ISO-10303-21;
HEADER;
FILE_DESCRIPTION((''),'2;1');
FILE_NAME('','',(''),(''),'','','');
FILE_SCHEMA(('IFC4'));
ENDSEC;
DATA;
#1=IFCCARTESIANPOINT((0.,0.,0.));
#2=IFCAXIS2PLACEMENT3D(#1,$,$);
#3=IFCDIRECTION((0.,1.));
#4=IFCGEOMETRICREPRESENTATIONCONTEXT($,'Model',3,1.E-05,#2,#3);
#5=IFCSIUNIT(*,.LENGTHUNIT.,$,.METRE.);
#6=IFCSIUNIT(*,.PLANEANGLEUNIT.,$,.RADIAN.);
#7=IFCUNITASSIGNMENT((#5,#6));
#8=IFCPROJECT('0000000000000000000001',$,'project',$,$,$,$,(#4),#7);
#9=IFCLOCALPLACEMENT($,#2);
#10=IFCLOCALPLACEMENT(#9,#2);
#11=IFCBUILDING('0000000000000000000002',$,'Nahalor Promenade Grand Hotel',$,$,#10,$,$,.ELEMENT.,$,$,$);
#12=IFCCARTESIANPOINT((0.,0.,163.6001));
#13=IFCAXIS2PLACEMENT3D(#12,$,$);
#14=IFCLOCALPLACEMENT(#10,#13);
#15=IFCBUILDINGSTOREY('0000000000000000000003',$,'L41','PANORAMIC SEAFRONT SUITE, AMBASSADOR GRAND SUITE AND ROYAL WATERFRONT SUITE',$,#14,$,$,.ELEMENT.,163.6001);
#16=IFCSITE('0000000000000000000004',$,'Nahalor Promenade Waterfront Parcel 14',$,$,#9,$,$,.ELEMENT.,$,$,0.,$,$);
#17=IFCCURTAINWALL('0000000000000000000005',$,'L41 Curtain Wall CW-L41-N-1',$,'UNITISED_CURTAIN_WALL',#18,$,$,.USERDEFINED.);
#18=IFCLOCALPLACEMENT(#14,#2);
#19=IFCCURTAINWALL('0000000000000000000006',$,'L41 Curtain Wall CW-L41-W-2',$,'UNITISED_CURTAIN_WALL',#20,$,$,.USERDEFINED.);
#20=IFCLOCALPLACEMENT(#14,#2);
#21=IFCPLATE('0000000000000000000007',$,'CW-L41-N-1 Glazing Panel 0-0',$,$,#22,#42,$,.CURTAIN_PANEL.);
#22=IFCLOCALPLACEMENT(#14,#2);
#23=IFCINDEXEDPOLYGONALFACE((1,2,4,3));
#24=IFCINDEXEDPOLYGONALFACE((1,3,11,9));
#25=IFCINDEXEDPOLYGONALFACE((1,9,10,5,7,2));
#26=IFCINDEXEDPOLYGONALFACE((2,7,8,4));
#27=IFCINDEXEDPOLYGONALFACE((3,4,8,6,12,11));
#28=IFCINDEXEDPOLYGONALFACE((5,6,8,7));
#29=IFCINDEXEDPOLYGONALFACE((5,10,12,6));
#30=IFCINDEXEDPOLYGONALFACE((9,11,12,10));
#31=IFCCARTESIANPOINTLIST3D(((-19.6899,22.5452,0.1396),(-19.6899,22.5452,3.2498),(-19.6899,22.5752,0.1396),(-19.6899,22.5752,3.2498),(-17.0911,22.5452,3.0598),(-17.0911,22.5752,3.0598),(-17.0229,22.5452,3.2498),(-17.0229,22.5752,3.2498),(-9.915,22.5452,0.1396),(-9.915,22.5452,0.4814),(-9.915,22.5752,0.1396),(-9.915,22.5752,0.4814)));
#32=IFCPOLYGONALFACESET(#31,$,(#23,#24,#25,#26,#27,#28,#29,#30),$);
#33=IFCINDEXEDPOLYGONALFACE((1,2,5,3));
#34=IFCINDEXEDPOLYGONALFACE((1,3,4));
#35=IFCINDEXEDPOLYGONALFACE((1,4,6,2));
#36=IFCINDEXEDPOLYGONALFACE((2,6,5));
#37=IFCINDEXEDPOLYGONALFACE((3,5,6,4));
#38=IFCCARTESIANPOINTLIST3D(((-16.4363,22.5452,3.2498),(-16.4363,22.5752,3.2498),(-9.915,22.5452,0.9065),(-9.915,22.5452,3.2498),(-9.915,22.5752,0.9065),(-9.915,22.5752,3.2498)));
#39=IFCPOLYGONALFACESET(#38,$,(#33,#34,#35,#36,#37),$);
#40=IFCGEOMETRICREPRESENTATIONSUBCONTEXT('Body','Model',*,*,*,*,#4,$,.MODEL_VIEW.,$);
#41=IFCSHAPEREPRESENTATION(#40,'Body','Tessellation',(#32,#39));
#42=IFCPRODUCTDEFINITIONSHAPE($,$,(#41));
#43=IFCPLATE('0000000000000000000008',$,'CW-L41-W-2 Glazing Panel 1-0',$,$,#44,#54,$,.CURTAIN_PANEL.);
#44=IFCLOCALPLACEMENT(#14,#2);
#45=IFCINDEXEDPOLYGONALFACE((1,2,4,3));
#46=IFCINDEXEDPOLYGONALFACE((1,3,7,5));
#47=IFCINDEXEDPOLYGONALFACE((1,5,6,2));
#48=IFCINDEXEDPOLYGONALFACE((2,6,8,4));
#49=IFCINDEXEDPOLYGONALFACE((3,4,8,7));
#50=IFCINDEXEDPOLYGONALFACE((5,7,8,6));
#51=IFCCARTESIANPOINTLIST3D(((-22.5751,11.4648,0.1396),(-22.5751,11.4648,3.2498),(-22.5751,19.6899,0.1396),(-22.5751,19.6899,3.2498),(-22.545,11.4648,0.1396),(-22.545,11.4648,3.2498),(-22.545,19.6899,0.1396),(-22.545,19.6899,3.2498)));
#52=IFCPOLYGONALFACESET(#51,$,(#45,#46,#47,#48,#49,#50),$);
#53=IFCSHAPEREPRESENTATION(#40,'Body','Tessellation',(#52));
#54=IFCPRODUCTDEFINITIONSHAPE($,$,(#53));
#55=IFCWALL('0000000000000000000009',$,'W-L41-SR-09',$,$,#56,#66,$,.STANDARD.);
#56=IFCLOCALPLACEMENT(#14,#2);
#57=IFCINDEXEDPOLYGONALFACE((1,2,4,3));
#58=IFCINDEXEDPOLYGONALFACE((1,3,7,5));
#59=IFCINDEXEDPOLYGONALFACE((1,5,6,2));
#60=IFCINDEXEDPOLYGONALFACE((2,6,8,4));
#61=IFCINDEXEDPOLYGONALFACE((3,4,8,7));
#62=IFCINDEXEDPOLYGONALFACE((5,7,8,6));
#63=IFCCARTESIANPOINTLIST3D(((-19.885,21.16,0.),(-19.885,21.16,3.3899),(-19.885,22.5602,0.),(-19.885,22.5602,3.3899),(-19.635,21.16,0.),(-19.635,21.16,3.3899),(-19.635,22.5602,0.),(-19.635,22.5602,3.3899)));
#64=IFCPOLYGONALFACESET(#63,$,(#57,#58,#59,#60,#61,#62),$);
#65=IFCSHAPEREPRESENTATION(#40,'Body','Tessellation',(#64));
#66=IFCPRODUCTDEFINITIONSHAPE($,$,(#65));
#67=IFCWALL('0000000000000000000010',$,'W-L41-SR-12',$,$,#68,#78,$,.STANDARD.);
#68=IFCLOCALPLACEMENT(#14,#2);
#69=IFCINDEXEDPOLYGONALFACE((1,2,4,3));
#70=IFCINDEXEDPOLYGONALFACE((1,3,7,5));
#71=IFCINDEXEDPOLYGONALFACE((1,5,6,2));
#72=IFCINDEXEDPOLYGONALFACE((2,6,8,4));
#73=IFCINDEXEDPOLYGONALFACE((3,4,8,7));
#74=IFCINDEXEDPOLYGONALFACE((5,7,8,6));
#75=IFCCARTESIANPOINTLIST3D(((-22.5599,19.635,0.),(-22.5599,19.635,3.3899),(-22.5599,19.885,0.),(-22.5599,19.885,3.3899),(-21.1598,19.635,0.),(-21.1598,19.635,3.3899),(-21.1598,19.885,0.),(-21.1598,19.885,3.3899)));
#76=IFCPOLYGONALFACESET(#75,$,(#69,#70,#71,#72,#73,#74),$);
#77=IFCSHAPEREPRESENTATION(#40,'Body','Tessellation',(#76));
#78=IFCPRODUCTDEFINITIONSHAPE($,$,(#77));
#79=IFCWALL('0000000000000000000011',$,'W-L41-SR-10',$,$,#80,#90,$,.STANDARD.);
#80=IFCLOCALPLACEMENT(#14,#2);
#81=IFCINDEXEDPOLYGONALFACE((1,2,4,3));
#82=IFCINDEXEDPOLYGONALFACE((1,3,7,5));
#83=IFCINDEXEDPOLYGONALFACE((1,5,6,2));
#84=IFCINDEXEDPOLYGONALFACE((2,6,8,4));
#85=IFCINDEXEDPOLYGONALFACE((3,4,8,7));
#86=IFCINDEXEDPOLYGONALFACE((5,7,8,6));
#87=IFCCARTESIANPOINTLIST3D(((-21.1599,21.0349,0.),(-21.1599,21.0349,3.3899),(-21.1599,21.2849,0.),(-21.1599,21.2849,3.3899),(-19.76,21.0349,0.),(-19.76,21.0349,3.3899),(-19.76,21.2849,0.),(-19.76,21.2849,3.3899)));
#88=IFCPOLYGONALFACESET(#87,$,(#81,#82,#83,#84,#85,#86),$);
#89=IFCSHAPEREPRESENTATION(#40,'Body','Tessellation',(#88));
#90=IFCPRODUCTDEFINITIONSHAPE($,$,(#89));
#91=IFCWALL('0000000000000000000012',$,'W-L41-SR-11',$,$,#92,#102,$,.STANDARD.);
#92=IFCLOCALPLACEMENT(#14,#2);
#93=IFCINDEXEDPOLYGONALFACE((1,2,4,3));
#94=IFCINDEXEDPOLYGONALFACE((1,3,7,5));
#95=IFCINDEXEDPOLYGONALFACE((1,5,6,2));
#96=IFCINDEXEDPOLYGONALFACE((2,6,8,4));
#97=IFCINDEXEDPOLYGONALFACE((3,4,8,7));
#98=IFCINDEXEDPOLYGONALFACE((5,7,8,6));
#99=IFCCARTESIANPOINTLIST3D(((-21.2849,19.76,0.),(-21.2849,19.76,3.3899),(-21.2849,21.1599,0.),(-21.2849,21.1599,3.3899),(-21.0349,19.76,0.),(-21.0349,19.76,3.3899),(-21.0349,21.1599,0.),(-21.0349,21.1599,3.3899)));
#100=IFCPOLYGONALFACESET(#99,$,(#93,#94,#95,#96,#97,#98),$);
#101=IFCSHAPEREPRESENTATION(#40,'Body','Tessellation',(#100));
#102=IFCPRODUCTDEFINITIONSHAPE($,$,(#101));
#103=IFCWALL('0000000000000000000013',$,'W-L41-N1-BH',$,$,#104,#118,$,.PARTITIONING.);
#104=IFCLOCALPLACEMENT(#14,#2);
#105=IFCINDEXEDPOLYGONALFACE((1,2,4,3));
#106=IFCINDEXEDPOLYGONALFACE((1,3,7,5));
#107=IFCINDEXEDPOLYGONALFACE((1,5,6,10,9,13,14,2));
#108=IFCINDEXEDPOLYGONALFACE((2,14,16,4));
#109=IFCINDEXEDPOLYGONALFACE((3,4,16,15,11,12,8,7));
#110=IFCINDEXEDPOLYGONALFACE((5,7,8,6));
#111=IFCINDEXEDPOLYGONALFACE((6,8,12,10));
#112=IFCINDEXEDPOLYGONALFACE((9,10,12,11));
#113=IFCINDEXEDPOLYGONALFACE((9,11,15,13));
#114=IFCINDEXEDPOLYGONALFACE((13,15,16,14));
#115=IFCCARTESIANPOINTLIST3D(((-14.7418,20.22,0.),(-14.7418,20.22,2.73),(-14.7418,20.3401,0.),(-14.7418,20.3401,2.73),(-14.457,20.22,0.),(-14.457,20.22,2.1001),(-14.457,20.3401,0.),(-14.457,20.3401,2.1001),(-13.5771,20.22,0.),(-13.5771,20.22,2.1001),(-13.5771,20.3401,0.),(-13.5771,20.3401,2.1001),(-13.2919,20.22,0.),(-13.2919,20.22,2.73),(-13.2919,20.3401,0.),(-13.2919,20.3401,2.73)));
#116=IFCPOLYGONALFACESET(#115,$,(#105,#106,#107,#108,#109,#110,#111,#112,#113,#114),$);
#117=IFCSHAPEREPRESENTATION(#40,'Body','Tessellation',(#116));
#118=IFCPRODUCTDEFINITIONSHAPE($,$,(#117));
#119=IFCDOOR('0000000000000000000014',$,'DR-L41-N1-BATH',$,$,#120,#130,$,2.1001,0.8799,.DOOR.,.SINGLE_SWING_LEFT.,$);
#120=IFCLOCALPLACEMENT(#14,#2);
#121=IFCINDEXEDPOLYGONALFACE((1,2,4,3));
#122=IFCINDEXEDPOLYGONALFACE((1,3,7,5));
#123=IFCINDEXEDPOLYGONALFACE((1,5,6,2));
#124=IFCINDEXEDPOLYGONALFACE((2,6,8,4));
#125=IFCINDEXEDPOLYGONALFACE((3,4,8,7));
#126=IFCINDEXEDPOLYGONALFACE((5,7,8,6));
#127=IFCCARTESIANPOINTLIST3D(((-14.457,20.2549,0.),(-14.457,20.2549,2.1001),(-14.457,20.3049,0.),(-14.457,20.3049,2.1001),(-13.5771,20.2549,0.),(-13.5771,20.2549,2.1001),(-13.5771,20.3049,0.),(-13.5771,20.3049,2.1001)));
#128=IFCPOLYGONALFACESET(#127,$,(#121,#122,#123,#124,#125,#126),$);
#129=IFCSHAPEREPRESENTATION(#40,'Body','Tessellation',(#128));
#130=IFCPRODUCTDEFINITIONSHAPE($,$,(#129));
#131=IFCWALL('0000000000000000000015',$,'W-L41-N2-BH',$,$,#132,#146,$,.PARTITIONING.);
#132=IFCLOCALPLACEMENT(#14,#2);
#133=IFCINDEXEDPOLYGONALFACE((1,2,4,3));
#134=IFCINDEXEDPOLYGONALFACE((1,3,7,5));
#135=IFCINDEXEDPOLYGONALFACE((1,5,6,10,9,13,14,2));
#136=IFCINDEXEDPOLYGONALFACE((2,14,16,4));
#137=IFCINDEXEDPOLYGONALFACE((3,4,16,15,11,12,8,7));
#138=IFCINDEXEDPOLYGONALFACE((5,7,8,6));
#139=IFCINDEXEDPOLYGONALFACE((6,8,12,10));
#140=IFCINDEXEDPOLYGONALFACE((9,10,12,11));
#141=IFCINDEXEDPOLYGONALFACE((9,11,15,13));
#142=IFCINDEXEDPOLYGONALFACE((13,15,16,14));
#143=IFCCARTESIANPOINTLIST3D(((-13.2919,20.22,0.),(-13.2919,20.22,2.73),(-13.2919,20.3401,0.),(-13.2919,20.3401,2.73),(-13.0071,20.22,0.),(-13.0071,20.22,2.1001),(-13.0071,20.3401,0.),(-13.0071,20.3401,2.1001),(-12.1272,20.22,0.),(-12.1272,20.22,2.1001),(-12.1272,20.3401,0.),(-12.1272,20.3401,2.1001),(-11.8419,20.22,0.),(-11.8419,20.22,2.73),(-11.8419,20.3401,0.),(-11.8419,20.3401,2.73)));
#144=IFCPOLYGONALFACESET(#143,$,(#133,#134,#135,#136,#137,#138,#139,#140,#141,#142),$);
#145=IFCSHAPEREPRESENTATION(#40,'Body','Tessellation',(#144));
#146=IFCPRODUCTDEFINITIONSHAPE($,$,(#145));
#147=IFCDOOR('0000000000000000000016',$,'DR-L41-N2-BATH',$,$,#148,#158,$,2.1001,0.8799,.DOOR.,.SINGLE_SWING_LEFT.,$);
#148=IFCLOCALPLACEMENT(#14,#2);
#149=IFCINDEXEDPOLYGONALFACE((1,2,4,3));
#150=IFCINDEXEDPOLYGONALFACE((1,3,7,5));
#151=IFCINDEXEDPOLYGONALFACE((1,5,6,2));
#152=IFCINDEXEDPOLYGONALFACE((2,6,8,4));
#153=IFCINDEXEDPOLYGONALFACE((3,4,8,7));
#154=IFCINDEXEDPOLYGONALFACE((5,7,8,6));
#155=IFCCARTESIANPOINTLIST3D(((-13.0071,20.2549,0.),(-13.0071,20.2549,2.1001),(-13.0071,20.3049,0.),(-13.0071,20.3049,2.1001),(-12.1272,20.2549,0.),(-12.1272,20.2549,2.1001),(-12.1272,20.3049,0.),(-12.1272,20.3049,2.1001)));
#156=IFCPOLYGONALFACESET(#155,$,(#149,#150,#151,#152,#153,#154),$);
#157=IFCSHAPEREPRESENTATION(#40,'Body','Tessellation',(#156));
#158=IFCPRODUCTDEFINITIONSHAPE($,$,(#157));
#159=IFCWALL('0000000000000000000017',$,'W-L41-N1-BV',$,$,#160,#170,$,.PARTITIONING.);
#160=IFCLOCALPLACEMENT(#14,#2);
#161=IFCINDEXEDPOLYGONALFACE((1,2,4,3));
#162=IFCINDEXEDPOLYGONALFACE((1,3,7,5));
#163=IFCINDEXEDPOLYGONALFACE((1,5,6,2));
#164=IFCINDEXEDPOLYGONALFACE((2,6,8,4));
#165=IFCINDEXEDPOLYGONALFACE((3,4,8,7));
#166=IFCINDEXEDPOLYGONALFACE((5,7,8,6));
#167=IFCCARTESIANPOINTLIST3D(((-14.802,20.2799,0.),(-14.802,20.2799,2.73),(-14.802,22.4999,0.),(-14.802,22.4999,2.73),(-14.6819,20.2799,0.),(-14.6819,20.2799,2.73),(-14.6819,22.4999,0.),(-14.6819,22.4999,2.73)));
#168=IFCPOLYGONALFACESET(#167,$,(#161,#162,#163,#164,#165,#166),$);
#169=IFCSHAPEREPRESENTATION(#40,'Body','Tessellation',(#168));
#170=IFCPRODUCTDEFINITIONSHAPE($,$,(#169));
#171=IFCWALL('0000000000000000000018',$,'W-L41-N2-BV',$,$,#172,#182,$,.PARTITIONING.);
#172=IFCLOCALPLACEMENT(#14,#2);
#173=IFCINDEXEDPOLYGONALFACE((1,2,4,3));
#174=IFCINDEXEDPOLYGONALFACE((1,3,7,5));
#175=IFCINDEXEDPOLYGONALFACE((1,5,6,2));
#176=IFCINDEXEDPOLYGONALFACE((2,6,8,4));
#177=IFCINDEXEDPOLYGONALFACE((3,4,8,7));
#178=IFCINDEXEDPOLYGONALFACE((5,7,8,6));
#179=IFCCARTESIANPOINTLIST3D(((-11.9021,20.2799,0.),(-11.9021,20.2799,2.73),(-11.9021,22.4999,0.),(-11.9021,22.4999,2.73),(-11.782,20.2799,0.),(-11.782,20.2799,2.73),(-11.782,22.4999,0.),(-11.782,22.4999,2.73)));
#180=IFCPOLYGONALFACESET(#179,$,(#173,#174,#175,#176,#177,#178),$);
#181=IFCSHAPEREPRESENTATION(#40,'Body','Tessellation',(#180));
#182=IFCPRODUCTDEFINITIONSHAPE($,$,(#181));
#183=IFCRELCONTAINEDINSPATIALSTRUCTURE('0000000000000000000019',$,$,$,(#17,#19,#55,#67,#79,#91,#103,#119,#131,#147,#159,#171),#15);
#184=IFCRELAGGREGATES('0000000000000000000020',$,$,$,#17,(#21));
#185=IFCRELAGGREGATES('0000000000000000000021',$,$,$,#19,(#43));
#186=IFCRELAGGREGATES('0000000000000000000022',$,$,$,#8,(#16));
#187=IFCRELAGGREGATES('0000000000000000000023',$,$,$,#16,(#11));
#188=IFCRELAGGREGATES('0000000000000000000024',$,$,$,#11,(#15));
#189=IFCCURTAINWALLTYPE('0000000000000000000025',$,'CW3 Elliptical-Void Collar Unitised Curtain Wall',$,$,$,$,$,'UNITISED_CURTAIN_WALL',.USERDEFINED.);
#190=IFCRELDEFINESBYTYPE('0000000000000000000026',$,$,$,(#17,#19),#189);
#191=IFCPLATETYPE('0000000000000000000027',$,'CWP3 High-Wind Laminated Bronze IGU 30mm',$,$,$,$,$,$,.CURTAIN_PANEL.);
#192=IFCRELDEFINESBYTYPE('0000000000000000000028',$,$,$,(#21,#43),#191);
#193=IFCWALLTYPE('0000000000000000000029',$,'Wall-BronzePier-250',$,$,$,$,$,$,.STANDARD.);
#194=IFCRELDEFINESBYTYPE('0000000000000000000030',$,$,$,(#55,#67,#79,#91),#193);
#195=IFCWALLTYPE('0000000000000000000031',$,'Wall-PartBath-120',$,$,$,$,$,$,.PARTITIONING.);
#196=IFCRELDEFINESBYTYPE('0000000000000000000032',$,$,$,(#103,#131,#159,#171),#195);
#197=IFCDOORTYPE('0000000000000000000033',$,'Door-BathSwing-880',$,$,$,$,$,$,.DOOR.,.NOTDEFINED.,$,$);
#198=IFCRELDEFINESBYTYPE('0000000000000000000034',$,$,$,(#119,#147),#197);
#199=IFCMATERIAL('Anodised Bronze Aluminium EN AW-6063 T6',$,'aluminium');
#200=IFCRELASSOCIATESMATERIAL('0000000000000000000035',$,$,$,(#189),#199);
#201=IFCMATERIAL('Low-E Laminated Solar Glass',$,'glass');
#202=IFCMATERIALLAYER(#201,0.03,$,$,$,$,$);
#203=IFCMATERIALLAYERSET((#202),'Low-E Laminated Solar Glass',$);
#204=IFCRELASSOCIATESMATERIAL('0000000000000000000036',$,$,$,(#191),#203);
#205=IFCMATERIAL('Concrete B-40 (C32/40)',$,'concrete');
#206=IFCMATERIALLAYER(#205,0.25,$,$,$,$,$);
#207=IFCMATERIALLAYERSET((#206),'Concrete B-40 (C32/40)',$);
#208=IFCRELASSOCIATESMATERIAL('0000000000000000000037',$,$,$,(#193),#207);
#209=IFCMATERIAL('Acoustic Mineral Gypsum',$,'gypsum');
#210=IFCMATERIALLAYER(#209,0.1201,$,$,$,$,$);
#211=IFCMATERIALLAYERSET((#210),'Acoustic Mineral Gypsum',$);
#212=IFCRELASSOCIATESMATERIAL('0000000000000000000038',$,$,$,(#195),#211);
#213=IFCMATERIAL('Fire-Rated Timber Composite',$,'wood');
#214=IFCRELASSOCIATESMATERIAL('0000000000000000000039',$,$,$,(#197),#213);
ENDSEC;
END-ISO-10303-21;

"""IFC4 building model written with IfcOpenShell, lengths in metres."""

from ifc_helpers import new_model, si_unit, direction, frame, frame_2d, origin, origin_2d, place, context, subcontext, project, spatial, polyline, rectangle, outline, extrude, source, transform, mapped, material, layer, layer_set, type_object, element, fill, aggregate, save


model = new_model("IFC4")

# Units and contexts
model_context = context("Model", 3, precision=1e-05, world=origin(), true_north=direction((0.0, 1.0)))
body_context = subcontext(model_context, "Body", "Model", "MODEL_VIEW")
ifc_project = project(units=[si_unit("LENGTHUNIT", "METRE"), si_unit("PLANEANGLEUNIT", "RADIAN")], contexts=[model_context])

# Site, building, storey
site_placement = place(None, origin())
site = spatial("IfcSite", under=ifc_project, at=site_placement, Name="Nahalor Promenade Waterfront Parcel 14", CompositionType="ELEMENT", RefElevation=0.0)
building_placement = place(site_placement, origin())
building = spatial("IfcBuilding", under=site, at=building_placement, Name="Nahalor Promenade Grand Hotel", CompositionType="ELEMENT")
storey_placement = place(building_placement, frame((0.0, 0.0, 163.6001)))
storey = spatial("IfcBuildingStorey", under=building, at=storey_placement, Name="L41", Description="PANORAMIC SEAFRONT SUITE, AMBASSADOR GRAND SUITE AND ROYAL WATERFRONT SUITE", CompositionType="ELEMENT", Elevation=163.6001)

# Curtain walls
ifc_material_1 = material(Name="Anodised Bronze Aluminium EN AW-6063 T6", Category="aluminium")
curtain_wall_type = type_object("IfcCurtainWallType", Name="CW3 Elliptical-Void Collar Unitised Curtain Wall", ElementType="UNITISED_CURTAIN_WALL", PredefinedType="USERDEFINED", material=ifc_material_1)
curtain_wall_1_placement = place(storey_placement, origin())
curtain_wall_1 = element("IfcCurtainWall", 1, at=curtain_wall_1_placement, inside=storey, type_object=curtain_wall_type, Name="L41 Curtain Wall CW-L41-N-1", ObjectType="UNITISED_CURTAIN_WALL", PredefinedType="USERDEFINED")
curtain_wall_2_placement = place(storey_placement, origin())
curtain_wall_2 = element("IfcCurtainWall", 2, at=curtain_wall_2_placement, inside=storey, type_object=curtain_wall_type, Name="L41 Curtain Wall CW-L41-W-2", ObjectType="UNITISED_CURTAIN_WALL", PredefinedType="USERDEFINED")

# Plates
ifc_material_2 = material(Name="Low-E Laminated Solar Glass", Category="glass")
ifc_layer_1 = layer(ifc_material_2, 0.03)
ifc_layer_set_1 = layer_set([ifc_layer_1], Name="Low-E Laminated Solar Glass")
plate_type = type_object("IfcPlateType", Name="CWP3 High-Wind Laminated Bronze IGU 30mm", PredefinedType="CURTAIN_PANEL", material=ifc_layer_set_1)
plate_1_placement = place(storey_placement, frame((-14.8025, 22.5601, 0.1396), z_axis=(0.0, 0.0, 1.0), x_axis=(1.0, 0.0, 0.0)))
plate_1 = element("IfcPlate", 3, at=plate_1_placement, type_object=plate_type, Name="CW-L41-N-1 Glazing Panel 0-0", PredefinedType="CURTAIN_PANEL", context=body_context, shape_type="SweptSolid", body=[
    extrude(outline(polyline([(-4.8875, 0.0), (4.8875, 0.0), (4.8875, 0.3418), (-2.2886, 2.9202), (-2.2205, 3.1101), (-4.8875, 3.1101), (-4.8875, 0.0)])), frame((0.0, 0.0151, 0.0), z_axis=(0.0, -1.0, 0.0), x_axis=(1.0, 0.0, 0.0)), (0.0, 0.0, 1.0), 0.03),
    extrude(outline(polyline([(4.8875, 0.7668), (4.8875, 3.1101), (-1.6338, 3.1101), (4.8875, 0.7668)])), frame((0.0, 0.0151, 0.0), z_axis=(0.0, -1.0, 0.0), x_axis=(1.0, 0.0, 0.0)), (0.0, 0.0, 1.0), 0.03),
])
aggregate(curtain_wall_1, [plate_1])
shared_shape_1 = source(origin(), body_context, "Body", "SweptSolid", [
    extrude(rectangle(XDim=8.2251, YDim=0.03, at=origin_2d()), origin(), (0.0, 0.0, 1.0), 3.1101),
])
plate_2_placement = place(storey_placement, frame((-22.5601, 15.5774, 0.1396), z_axis=(0.0, 0.0, 1.0), x_axis=(0.0, 1.0, 0.0)))
plate_2 = element("IfcPlate", 4, at=plate_2_placement, type_object=plate_type, Name="CW-L41-W-2 Glazing Panel 1-0", PredefinedType="CURTAIN_PANEL", context=body_context, shape_type="MappedRepresentation", body=[
    mapped(shared_shape_1, transform((0.0, 0.0, 0.0), scale=1.0)),
])
aggregate(curtain_wall_2, [plate_2])

# Walls
ifc_material_3 = material(Name="Concrete B-40 (C32/40)", Category="concrete")
ifc_layer_2 = layer(ifc_material_3, 0.25)
ifc_layer_set_2 = layer_set([ifc_layer_2], Name="Concrete B-40 (C32/40)")
wall_type_1 = type_object("IfcWallType", Name="Wall-BronzePier-250", PredefinedType="STANDARD", material=ifc_layer_set_2)
shared_shape_2 = source(origin(), body_context, "Body", "SweptSolid", [
    extrude(rectangle(XDim=1.4001, YDim=0.25, at=frame_2d((0.7002, 0.0))), origin(), (0.0, 0.0, 1.0), 3.3899),
])
for number, where, z_axis, x_axis, name in (
    (5, (-19.76, 21.1599, 0.0), (0.0, 0.0, 1.0), (0.0, 1.0, 0.0), "W-L41-SR-09"),
    (6, (-22.5601, 19.76, 0.0), (0.0, 0.0, 1.0), (1.0, 0.0, 0.0), "W-L41-SR-12"),
):
    element("IfcWall", number, at=place(storey_placement, frame(where, z_axis=z_axis, x_axis=x_axis)), inside=storey, type_object=wall_type_1, Name=name, PredefinedType="STANDARD", context=body_context, shape_type="MappedRepresentation", body=[
        mapped(shared_shape_2, transform((0.0, 0.0, 0.0), scale=1.0)),
    ])
shared_shape_3 = source(origin(), body_context, "Body", "SweptSolid", [
    extrude(rectangle(XDim=1.3999, YDim=0.25, at=frame_2d((0.7, 0.0))), origin(), (0.0, 0.0, 1.0), 3.3899),
])
for number, where, z_axis, x_axis, name in (
    (7, (-21.1599, 21.1599, 0.0), (0.0, 0.0, 1.0), (1.0, 0.0, 0.0), "W-L41-SR-10"),
    (8, (-21.1599, 19.76, 0.0), (0.0, 0.0, 1.0), (0.0, 1.0, 0.0), "W-L41-SR-11"),
):
    element("IfcWall", number, at=place(storey_placement, frame(where, z_axis=z_axis, x_axis=x_axis)), inside=storey, type_object=wall_type_1, Name=name, PredefinedType="STANDARD", context=body_context, shape_type="MappedRepresentation", body=[
        mapped(shared_shape_3, transform((0.0, 0.0, 0.0), scale=1.0)),
    ])

# Walls, openings, doors
ifc_material_4 = material(Name="Acoustic Mineral Gypsum", Category="gypsum")
ifc_layer_3 = layer(ifc_material_4, 0.1201)
ifc_layer_set_3 = layer_set([ifc_layer_3], Name="Acoustic Mineral Gypsum")
wall_type_2 = type_object("IfcWallType", Name="Wall-PartBath-120", PredefinedType="PARTITIONING", material=ifc_layer_set_3)
shared_shape_4 = source(origin(), body_context, "Body", "SweptSolid", [
    extrude(rectangle(XDim=1.45, YDim=0.1201, at=frame_2d((0.7251, 0.0))), origin(), (0.0, 0.0, 1.0), 2.73),
])
wall_1_placement = place(storey_placement, frame((-14.7419, 20.28, 0.0), z_axis=(0.0, 0.0, 1.0), x_axis=(1.0, 0.0, 0.0)))
wall_1 = element("IfcWall", 9, at=wall_1_placement, inside=storey, type_object=wall_type_2, Name="W-L41-N1-BH", PredefinedType="PARTITIONING", context=body_context, shape_type="MappedRepresentation", body=[
    mapped(shared_shape_4, transform((0.0, 0.0, 0.0), scale=1.0)),
])
opening_1_placement = place(wall_1_placement, frame((0.2849, 0.0, 0.0)))
opening_1 = element("IfcOpeningElement", 10, at=opening_1_placement, cuts=wall_1, PredefinedType="OPENING", context=body_context, shape_type="SweptSolid", body=[
    extrude(rectangle(XDim=0.8799, YDim=2.1001, at=frame_2d((0.4399, 1.05))), frame((0.0, 0.0701, 0.0), z_axis=(0.0, -1.0, 0.0), x_axis=(1.0, 0.0, 0.0)), (0.0, 0.0, 1.0), 0.1401),
])
ifc_material_5 = material(Name="Fire-Rated Timber Composite", Category="wood")
door_type = type_object("IfcDoorType", Name="Door-BathSwing-880", OperationType="NOTDEFINED", PredefinedType="DOOR", material=ifc_material_5)
shared_shape_5 = source(origin(), body_context, "Body", "SweptSolid", [
    extrude(rectangle(XDim=0.8799, YDim=2.1001, at=frame_2d((0.4399, 1.05))), frame((0.0, 0.0249, 0.0), z_axis=(0.0, -1.0, 0.0), x_axis=(1.0, 0.0, 0.0)), (0.0, 0.0, 1.0), 0.05),
])
door_1_placement = place(opening_1_placement, origin())
door_1 = element("IfcDoor", 11, at=door_1_placement, inside=storey, type_object=door_type, Name="DR-L41-N1-BATH", OperationType="SINGLE_SWING_LEFT", OverallHeight=2.1001, OverallWidth=0.8799, PredefinedType="DOOR", context=body_context, shape_type="MappedRepresentation", body=[
    mapped(shared_shape_5, transform((0.0, 0.0, 0.0), scale=1.0)),
])
fill(opening_1, door_1)
wall_2_placement = place(storey_placement, frame((-13.292, 20.28, 0.0), z_axis=(0.0, 0.0, 1.0), x_axis=(1.0, 0.0, 0.0)))
wall_2 = element("IfcWall", 12, at=wall_2_placement, inside=storey, type_object=wall_type_2, Name="W-L41-N2-BH", PredefinedType="PARTITIONING", context=body_context, shape_type="MappedRepresentation", body=[
    mapped(shared_shape_4, transform((0.0, 0.0, 0.0), scale=1.0)),
])
opening_2_placement = place(wall_2_placement, frame((0.2849, 0.0, 0.0)))
opening_2 = element("IfcOpeningElement", 13, at=opening_2_placement, cuts=wall_2, PredefinedType="OPENING", context=body_context, shape_type="SweptSolid", body=[
    extrude(rectangle(XDim=0.8799, YDim=2.1001, at=frame_2d((0.4399, 1.05))), frame((0.0, 0.0701, 0.0), z_axis=(0.0, -1.0, 0.0), x_axis=(1.0, 0.0, 0.0)), (0.0, 0.0, 1.0), 0.1401),
])
door_2_placement = place(opening_2_placement, origin())
door_2 = element("IfcDoor", 14, at=door_2_placement, inside=storey, type_object=door_type, Name="DR-L41-N2-BATH", OperationType="SINGLE_SWING_LEFT", OverallHeight=2.1001, OverallWidth=0.8799, PredefinedType="DOOR", context=body_context, shape_type="MappedRepresentation", body=[
    mapped(shared_shape_5, transform((0.0, 0.0, 0.0), scale=1.0)),
])
fill(opening_2, door_2)

# Walls
shared_shape_6 = source(origin(), body_context, "Body", "SweptSolid", [
    extrude(rectangle(XDim=2.22, YDim=0.1201, at=frame_2d((1.1099, 0.0))), origin(), (0.0, 0.0, 1.0), 2.73),
])
for number, where, z_axis, x_axis, name in (
    (15, (-14.7419, 20.28, 0.0), (0.0, 0.0, 1.0), (0.0, 1.0, 0.0), "W-L41-N1-BV"),
    (16, (-11.842, 20.28, 0.0), (0.0, 0.0, 1.0), (0.0, 1.0, 0.0), "W-L41-N2-BV"),
):
    element("IfcWall", number, at=place(storey_placement, frame(where, z_axis=z_axis, x_axis=x_axis)), inside=storey, type_object=wall_type_2, Name=name, PredefinedType="PARTITIONING", context=body_context, shape_type="MappedRepresentation", body=[
        mapped(shared_shape_6, transform((0.0, 0.0, 0.0), scale=1.0)),
    ])

save(model, "model.ifc")
